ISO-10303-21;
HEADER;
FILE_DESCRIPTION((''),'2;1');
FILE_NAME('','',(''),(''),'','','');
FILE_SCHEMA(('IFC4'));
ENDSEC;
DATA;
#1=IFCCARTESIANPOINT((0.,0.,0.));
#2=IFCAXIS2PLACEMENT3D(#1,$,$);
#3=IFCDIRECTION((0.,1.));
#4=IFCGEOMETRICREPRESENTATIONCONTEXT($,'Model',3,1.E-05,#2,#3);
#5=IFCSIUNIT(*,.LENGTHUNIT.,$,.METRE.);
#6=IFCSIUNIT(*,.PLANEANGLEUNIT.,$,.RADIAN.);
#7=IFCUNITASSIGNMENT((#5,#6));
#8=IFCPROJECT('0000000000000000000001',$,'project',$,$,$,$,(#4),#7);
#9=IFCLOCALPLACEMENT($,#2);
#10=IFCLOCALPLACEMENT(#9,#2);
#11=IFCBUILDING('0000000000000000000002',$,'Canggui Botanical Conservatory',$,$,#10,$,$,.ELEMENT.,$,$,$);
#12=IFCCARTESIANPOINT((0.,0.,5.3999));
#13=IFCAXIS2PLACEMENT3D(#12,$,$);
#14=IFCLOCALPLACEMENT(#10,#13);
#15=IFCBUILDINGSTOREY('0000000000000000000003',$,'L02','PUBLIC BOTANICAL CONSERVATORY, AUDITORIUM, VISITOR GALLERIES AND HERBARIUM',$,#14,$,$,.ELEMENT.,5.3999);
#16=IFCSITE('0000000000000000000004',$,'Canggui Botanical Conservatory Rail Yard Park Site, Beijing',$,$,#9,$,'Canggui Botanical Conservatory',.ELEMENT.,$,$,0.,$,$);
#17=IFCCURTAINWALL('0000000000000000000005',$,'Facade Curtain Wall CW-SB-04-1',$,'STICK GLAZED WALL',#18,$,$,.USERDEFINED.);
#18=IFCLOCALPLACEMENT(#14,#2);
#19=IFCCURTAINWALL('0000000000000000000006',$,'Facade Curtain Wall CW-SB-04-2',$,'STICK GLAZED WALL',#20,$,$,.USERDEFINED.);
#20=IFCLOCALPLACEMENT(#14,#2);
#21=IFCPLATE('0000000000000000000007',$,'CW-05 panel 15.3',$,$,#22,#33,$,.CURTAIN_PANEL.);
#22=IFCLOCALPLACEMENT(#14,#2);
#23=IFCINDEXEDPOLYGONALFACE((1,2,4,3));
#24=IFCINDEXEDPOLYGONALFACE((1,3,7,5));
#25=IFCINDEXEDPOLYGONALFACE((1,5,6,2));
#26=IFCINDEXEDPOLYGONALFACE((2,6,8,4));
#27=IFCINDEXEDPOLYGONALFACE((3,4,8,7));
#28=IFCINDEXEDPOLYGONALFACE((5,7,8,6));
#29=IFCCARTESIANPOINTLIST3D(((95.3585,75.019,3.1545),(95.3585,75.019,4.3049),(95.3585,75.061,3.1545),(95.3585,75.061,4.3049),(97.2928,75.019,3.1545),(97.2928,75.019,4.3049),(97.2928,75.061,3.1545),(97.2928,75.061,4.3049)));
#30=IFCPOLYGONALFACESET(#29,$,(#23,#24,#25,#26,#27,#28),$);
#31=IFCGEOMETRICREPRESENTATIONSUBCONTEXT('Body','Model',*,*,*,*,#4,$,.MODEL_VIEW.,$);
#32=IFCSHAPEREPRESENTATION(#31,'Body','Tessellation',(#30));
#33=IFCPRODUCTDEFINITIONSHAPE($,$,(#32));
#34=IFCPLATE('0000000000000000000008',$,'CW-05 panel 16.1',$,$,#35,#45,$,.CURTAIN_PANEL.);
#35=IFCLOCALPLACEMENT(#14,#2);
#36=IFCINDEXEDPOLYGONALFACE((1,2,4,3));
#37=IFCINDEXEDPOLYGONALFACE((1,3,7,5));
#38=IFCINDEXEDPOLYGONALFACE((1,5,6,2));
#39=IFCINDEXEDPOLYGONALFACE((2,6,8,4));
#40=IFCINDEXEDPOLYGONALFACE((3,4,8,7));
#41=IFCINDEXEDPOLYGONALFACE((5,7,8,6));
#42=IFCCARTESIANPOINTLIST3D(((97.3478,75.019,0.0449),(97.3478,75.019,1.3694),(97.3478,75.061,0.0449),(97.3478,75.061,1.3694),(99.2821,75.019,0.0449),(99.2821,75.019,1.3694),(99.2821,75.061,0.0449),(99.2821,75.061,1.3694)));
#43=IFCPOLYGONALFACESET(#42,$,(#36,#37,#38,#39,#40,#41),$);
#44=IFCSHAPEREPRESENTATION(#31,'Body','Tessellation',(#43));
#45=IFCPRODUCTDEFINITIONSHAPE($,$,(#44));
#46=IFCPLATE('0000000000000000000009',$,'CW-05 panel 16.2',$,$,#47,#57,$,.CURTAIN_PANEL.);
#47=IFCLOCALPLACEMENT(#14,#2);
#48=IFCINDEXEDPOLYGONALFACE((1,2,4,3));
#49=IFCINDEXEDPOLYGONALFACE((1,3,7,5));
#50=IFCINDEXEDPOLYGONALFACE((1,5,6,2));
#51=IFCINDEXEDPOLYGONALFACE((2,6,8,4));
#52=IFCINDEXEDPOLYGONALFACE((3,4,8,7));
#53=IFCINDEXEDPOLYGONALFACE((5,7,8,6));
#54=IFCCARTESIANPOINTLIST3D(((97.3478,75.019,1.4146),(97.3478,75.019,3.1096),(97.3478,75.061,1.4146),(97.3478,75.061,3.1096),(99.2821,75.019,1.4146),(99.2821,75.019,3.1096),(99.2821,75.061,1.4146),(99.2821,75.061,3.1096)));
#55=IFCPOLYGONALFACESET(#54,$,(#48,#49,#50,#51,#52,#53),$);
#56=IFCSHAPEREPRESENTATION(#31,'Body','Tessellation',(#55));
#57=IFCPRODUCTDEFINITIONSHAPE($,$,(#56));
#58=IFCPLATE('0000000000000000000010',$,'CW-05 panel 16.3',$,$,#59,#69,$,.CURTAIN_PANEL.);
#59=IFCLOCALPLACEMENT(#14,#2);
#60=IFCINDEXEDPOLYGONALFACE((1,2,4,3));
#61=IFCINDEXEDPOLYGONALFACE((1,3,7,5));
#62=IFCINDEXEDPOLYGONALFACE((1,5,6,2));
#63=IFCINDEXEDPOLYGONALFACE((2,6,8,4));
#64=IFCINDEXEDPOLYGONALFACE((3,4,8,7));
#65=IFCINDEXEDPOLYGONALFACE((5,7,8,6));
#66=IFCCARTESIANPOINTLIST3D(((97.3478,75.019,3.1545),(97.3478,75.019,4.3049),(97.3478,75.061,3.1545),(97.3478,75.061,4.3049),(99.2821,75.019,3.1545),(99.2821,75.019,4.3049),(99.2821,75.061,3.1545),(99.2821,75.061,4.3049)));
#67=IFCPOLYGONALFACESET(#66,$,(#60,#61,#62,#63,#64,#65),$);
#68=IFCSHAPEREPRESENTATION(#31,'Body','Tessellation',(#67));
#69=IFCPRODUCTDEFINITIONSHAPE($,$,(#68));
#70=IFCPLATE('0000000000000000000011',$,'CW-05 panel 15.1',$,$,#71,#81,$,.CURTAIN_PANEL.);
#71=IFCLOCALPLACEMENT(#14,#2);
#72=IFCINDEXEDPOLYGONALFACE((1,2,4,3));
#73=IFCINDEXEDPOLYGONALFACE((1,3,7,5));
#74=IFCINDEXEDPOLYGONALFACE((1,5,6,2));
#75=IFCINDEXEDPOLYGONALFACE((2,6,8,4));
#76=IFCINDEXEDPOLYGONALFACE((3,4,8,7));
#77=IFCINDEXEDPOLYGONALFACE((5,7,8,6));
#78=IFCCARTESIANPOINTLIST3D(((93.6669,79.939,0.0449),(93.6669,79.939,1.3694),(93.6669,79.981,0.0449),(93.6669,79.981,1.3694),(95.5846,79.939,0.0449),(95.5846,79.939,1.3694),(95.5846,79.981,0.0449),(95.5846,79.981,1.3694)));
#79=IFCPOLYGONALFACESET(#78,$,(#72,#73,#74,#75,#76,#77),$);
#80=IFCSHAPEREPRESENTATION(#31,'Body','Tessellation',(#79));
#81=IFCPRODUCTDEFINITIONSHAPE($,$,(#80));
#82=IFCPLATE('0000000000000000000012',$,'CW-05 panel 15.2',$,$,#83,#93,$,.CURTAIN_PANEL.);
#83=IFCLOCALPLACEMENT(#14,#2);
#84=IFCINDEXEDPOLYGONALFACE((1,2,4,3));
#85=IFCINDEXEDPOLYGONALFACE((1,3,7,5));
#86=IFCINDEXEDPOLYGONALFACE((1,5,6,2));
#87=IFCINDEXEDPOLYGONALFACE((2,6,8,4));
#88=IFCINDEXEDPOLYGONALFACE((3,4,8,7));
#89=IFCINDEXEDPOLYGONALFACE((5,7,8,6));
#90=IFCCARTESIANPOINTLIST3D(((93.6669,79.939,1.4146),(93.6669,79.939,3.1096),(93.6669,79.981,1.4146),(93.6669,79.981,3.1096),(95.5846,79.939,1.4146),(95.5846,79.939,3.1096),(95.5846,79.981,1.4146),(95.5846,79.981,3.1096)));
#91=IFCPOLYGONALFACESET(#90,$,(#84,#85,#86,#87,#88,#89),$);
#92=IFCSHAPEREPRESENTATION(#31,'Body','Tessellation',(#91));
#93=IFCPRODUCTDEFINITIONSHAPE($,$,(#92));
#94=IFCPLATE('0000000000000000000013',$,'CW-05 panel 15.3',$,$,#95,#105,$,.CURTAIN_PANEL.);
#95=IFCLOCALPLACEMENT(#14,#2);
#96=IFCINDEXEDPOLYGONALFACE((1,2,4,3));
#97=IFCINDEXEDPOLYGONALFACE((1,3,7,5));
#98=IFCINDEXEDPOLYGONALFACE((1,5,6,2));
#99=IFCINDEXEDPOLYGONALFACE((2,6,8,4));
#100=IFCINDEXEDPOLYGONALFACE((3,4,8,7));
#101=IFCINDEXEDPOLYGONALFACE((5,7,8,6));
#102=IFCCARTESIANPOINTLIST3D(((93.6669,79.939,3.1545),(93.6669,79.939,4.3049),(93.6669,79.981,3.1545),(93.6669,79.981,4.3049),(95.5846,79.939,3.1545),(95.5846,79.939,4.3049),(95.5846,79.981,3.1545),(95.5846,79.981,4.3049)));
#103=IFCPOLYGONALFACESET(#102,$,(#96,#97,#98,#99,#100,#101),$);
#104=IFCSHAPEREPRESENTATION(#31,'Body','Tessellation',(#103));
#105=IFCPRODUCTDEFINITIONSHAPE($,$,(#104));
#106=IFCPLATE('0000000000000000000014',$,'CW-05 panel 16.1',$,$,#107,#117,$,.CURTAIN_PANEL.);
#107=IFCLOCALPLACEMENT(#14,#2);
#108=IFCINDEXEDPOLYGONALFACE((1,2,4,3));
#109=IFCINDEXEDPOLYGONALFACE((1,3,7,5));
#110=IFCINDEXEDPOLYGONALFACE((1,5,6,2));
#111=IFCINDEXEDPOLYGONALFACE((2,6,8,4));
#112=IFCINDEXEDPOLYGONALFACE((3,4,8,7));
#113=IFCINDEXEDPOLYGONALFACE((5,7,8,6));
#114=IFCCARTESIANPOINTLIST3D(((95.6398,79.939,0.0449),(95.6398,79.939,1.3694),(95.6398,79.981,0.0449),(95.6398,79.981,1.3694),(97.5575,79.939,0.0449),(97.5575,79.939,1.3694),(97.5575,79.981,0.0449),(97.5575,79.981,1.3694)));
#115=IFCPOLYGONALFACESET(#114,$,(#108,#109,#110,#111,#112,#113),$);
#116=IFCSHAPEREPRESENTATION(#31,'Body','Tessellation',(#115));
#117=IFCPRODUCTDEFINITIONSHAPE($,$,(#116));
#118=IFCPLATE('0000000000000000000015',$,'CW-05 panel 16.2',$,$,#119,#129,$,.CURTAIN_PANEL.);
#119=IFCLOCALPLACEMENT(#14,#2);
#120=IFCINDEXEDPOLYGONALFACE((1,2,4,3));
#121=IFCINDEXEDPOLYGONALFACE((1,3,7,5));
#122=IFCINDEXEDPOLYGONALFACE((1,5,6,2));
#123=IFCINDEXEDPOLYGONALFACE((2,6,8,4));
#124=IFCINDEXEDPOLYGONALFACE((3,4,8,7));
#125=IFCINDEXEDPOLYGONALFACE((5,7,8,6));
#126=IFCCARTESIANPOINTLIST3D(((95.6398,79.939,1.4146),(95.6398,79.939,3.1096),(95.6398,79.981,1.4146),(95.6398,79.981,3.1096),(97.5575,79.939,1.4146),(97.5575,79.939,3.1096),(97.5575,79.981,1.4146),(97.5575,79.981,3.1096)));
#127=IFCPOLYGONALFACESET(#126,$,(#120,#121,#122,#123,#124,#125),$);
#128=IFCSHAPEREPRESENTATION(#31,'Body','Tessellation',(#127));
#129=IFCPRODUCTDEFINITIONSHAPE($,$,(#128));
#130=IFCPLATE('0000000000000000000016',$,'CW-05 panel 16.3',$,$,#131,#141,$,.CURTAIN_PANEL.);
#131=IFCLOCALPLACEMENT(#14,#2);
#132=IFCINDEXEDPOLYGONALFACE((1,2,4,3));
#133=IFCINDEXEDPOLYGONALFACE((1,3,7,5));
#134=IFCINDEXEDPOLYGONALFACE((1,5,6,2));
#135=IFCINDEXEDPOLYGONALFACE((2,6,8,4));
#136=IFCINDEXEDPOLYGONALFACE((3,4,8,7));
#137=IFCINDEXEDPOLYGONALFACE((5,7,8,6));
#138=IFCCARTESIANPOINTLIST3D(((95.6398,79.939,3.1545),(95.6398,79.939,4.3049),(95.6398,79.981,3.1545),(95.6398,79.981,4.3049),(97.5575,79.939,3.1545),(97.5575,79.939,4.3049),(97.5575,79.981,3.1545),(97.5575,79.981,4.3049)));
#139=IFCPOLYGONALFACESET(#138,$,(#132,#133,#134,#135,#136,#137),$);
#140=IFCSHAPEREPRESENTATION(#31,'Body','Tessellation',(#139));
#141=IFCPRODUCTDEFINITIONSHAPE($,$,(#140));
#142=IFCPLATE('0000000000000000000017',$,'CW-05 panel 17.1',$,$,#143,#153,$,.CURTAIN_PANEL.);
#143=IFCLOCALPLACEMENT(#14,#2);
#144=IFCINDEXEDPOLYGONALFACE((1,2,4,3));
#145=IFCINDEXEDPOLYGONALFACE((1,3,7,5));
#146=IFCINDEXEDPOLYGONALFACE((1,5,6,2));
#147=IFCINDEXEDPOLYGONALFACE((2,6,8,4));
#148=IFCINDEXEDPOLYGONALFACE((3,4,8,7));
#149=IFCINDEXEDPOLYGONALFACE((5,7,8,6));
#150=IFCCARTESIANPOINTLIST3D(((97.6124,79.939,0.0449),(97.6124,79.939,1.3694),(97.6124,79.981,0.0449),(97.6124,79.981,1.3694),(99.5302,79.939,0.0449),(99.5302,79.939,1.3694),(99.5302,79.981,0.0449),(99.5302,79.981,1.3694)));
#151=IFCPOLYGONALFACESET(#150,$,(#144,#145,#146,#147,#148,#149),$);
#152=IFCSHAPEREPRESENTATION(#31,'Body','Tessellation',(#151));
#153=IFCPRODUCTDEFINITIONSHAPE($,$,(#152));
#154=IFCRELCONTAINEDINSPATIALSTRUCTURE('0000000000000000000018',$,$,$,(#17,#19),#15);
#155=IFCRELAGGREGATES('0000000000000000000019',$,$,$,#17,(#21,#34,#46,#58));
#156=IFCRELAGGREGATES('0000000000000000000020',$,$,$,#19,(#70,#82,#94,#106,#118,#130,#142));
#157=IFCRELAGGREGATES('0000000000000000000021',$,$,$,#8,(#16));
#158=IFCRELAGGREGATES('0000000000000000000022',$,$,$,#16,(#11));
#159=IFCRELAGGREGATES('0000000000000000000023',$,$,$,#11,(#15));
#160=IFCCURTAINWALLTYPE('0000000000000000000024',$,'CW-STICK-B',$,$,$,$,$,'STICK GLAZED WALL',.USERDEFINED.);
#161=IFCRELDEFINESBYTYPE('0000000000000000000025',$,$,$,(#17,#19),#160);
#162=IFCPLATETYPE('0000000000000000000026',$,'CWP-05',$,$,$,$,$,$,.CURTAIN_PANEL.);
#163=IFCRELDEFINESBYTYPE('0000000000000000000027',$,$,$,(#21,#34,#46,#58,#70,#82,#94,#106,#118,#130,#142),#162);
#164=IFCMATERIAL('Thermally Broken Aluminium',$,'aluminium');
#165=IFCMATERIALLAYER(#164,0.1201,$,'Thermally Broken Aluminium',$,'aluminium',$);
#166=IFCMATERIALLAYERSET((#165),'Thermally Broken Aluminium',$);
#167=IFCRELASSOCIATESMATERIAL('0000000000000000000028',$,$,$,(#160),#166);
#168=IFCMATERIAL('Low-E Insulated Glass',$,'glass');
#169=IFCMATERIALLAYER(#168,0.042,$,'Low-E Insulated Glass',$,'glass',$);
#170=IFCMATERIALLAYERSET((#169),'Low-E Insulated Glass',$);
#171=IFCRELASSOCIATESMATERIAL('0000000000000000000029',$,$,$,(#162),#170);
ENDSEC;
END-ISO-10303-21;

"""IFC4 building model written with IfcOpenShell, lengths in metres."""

from ifc_helpers import new_model, si_unit, direction, frame, origin, origin_2d, place, context, subcontext, project, spatial, rectangle, extrude, material, layer, layer_set, type_object, element, aggregate, save


model = new_model("IFC4")

# Units and contexts
model_context = context("Model", 3, precision=1e-05, world=origin(), true_north=direction((0.0, 1.0)))
body_context = subcontext(model_context, "Body", "Model", "MODEL_VIEW")
ifc_project = project(units=[si_unit("LENGTHUNIT", "METRE"), si_unit("PLANEANGLEUNIT", "RADIAN")], contexts=[model_context])

# Site, building, storey
site_placement = place(None, origin())
site = spatial("IfcSite", under=ifc_project, at=site_placement, Name="Canggui Botanical Conservatory Rail Yard Park Site, Beijing", LongName="Canggui Botanical Conservatory", CompositionType="ELEMENT", RefElevation=0.0)
building_placement = place(site_placement, origin())
building = spatial("IfcBuilding", under=site, at=building_placement, Name="Canggui Botanical Conservatory", CompositionType="ELEMENT")
storey_placement = place(building_placement, frame((0.0, 0.0, 5.3999)))
storey = spatial("IfcBuildingStorey", under=building, at=storey_placement, Name="L02", Description="PUBLIC BOTANICAL CONSERVATORY, AUDITORIUM, VISITOR GALLERIES AND HERBARIUM", CompositionType="ELEMENT", Elevation=5.3999)

# Curtain walls
ifc_material_1 = material(Name="Thermally Broken Aluminium", Category="aluminium")
ifc_layer_1 = layer(ifc_material_1, 0.1201, Name="Thermally Broken Aluminium", Category="aluminium")
ifc_layer_set_1 = layer_set([ifc_layer_1], Name="Thermally Broken Aluminium")
curtain_wall_type = type_object("IfcCurtainWallType", Name="CW-STICK-B", ElementType="STICK GLAZED WALL", PredefinedType="USERDEFINED", material=ifc_layer_set_1)
curtain_wall_1_placement = place(storey_placement, origin())
curtain_wall_1 = element("IfcCurtainWall", 1, at=curtain_wall_1_placement, inside=storey, type_object=curtain_wall_type, Name="Facade Curtain Wall CW-SB-04-1", ObjectType="STICK GLAZED WALL", PredefinedType="USERDEFINED")
curtain_wall_2_placement = place(storey_placement, origin())
curtain_wall_2 = element("IfcCurtainWall", 2, at=curtain_wall_2_placement, inside=storey, type_object=curtain_wall_type, Name="Facade Curtain Wall CW-SB-04-2", ObjectType="STICK GLAZED WALL", PredefinedType="USERDEFINED")

# Plates
ifc_material_2 = material(Name="Low-E Insulated Glass", Category="glass")
ifc_layer_2 = layer(ifc_material_2, 0.042, Name="Low-E Insulated Glass", Category="glass")
ifc_layer_set_2 = layer_set([ifc_layer_2], Name="Low-E Insulated Glass")
plate_type = type_object("IfcPlateType", Name="CWP-05", PredefinedType="CURTAIN_PANEL", material=ifc_layer_set_2)
plate_1_placement = place(storey_placement, frame((96.3257, 75.04, 3.1545), z_axis=(0.0, 0.0, 1.0), x_axis=(1.0, 0.0, 0.0)))
plate_1 = element("IfcPlate", 3, at=plate_1_placement, type_object=plate_type, Name="CW-05 panel 15.3", PredefinedType="CURTAIN_PANEL", context=body_context, shape_type="SweptSolid", body=[
    extrude(rectangle(XDim=1.9343, YDim=0.042, at=origin_2d()), origin(), (0.0, 0.0, 1.0), 1.1504),
])
plate_2_placement = place(storey_placement, frame((98.3149, 75.04, 0.0449), z_axis=(0.0, 0.0, 1.0), x_axis=(1.0, 0.0, 0.0)))
plate_2 = element("IfcPlate", 4, at=plate_2_placement, type_object=plate_type, Name="CW-05 panel 16.1", PredefinedType="CURTAIN_PANEL", context=body_context, shape_type="SweptSolid", body=[
    extrude(rectangle(XDim=1.9343, YDim=0.042, at=origin_2d()), origin(), (0.0, 0.0, 1.0), 1.3245),
])
plate_3_placement = place(storey_placement, frame((98.3149, 75.04, 1.4146), z_axis=(0.0, 0.0, 1.0), x_axis=(1.0, 0.0, 0.0)))
plate_3 = element("IfcPlate", 5, at=plate_3_placement, type_object=plate_type, Name="CW-05 panel 16.2", PredefinedType="CURTAIN_PANEL", context=body_context, shape_type="SweptSolid", body=[
    extrude(rectangle(XDim=1.9343, YDim=0.042, at=origin_2d()), origin(), (0.0, 0.0, 1.0), 1.6951),
])
plate_4_placement = place(storey_placement, frame((98.3149, 75.04, 3.1545), z_axis=(0.0, 0.0, 1.0), x_axis=(1.0, 0.0, 0.0)))
plate_4 = element("IfcPlate", 6, at=plate_4_placement, type_object=plate_type, Name="CW-05 panel 16.3", PredefinedType="CURTAIN_PANEL", context=body_context, shape_type="SweptSolid", body=[
    extrude(rectangle(XDim=1.9343, YDim=0.042, at=origin_2d()), origin(), (0.0, 0.0, 1.0), 1.1504),
])
aggregate(curtain_wall_1, [plate_1, plate_2, plate_3, plate_4])
plate_5_placement = place(storey_placement, frame((94.6257, 79.96, 0.0449), z_axis=(0.0, 0.0, 1.0), x_axis=(1.0, 0.0, 0.0)))
plate_5 = element("IfcPlate", 7, at=plate_5_placement, type_object=plate_type, Name="CW-05 panel 15.1", PredefinedType="CURTAIN_PANEL", context=body_context, shape_type="SweptSolid", body=[
    extrude(rectangle(XDim=1.9177, YDim=0.042, at=origin_2d()), origin(), (0.0, 0.0, 1.0), 1.3245),
])
plate_6_placement = place(storey_placement, frame((94.6257, 79.96, 1.4146), z_axis=(0.0, 0.0, 1.0), x_axis=(1.0, 0.0, 0.0)))
plate_6 = element("IfcPlate", 8, at=plate_6_placement, type_object=plate_type, Name="CW-05 panel 15.2", PredefinedType="CURTAIN_PANEL", context=body_context, shape_type="SweptSolid", body=[
    extrude(rectangle(XDim=1.9177, YDim=0.042, at=origin_2d()), origin(), (0.0, 0.0, 1.0), 1.6951),
])
plate_7_placement = place(storey_placement, frame((94.6257, 79.96, 3.1545), z_axis=(0.0, 0.0, 1.0), x_axis=(1.0, 0.0, 0.0)))
plate_7 = element("IfcPlate", 9, at=plate_7_placement, type_object=plate_type, Name="CW-05 panel 15.3", PredefinedType="CURTAIN_PANEL", context=body_context, shape_type="SweptSolid", body=[
    extrude(rectangle(XDim=1.9177, YDim=0.042, at=origin_2d()), origin(), (0.0, 0.0, 1.0), 1.1504),
])
plate_8_placement = place(storey_placement, frame((96.5986, 79.96, 0.0449), z_axis=(0.0, 0.0, 1.0), x_axis=(1.0, 0.0, 0.0)))
plate_8 = element("IfcPlate", 10, at=plate_8_placement, type_object=plate_type, Name="CW-05 panel 16.1", PredefinedType="CURTAIN_PANEL", context=body_context, shape_type="SweptSolid", body=[
    extrude(rectangle(XDim=1.9177, YDim=0.042, at=origin_2d()), origin(), (0.0, 0.0, 1.0), 1.3245),
])
plate_9_placement = place(storey_placement, frame((96.5986, 79.96, 1.4146), z_axis=(0.0, 0.0, 1.0), x_axis=(1.0, 0.0, 0.0)))
plate_9 = element("IfcPlate", 11, at=plate_9_placement, type_object=plate_type, Name="CW-05 panel 16.2", PredefinedType="CURTAIN_PANEL", context=body_context, shape_type="SweptSolid", body=[
    extrude(rectangle(XDim=1.9177, YDim=0.042, at=origin_2d()), origin(), (0.0, 0.0, 1.0), 1.6951),
])
plate_10_placement = place(storey_placement, frame((96.5986, 79.96, 3.1545), z_axis=(0.0, 0.0, 1.0), x_axis=(1.0, 0.0, 0.0)))
plate_10 = element("IfcPlate", 12, at=plate_10_placement, type_object=plate_type, Name="CW-05 panel 16.3", PredefinedType="CURTAIN_PANEL", context=body_context, shape_type="SweptSolid", body=[
    extrude(rectangle(XDim=1.9177, YDim=0.042, at=origin_2d()), origin(), (0.0, 0.0, 1.0), 1.1504),
])
plate_11_placement = place(storey_placement, frame((98.5713, 79.96, 0.0449), z_axis=(0.0, 0.0, 1.0), x_axis=(1.0, 0.0, 0.0)))
plate_11 = element("IfcPlate", 13, at=plate_11_placement, type_object=plate_type, Name="CW-05 panel 17.1", PredefinedType="CURTAIN_PANEL", context=body_context, shape_type="SweptSolid", body=[
    extrude(rectangle(XDim=1.9177, YDim=0.042, at=origin_2d()), origin(), (0.0, 0.0, 1.0), 1.3245),
])
aggregate(curtain_wall_2, [plate_5, plate_6, plate_7, plate_8, plate_9, plate_10, plate_11])

save(model, "model.ifc")
